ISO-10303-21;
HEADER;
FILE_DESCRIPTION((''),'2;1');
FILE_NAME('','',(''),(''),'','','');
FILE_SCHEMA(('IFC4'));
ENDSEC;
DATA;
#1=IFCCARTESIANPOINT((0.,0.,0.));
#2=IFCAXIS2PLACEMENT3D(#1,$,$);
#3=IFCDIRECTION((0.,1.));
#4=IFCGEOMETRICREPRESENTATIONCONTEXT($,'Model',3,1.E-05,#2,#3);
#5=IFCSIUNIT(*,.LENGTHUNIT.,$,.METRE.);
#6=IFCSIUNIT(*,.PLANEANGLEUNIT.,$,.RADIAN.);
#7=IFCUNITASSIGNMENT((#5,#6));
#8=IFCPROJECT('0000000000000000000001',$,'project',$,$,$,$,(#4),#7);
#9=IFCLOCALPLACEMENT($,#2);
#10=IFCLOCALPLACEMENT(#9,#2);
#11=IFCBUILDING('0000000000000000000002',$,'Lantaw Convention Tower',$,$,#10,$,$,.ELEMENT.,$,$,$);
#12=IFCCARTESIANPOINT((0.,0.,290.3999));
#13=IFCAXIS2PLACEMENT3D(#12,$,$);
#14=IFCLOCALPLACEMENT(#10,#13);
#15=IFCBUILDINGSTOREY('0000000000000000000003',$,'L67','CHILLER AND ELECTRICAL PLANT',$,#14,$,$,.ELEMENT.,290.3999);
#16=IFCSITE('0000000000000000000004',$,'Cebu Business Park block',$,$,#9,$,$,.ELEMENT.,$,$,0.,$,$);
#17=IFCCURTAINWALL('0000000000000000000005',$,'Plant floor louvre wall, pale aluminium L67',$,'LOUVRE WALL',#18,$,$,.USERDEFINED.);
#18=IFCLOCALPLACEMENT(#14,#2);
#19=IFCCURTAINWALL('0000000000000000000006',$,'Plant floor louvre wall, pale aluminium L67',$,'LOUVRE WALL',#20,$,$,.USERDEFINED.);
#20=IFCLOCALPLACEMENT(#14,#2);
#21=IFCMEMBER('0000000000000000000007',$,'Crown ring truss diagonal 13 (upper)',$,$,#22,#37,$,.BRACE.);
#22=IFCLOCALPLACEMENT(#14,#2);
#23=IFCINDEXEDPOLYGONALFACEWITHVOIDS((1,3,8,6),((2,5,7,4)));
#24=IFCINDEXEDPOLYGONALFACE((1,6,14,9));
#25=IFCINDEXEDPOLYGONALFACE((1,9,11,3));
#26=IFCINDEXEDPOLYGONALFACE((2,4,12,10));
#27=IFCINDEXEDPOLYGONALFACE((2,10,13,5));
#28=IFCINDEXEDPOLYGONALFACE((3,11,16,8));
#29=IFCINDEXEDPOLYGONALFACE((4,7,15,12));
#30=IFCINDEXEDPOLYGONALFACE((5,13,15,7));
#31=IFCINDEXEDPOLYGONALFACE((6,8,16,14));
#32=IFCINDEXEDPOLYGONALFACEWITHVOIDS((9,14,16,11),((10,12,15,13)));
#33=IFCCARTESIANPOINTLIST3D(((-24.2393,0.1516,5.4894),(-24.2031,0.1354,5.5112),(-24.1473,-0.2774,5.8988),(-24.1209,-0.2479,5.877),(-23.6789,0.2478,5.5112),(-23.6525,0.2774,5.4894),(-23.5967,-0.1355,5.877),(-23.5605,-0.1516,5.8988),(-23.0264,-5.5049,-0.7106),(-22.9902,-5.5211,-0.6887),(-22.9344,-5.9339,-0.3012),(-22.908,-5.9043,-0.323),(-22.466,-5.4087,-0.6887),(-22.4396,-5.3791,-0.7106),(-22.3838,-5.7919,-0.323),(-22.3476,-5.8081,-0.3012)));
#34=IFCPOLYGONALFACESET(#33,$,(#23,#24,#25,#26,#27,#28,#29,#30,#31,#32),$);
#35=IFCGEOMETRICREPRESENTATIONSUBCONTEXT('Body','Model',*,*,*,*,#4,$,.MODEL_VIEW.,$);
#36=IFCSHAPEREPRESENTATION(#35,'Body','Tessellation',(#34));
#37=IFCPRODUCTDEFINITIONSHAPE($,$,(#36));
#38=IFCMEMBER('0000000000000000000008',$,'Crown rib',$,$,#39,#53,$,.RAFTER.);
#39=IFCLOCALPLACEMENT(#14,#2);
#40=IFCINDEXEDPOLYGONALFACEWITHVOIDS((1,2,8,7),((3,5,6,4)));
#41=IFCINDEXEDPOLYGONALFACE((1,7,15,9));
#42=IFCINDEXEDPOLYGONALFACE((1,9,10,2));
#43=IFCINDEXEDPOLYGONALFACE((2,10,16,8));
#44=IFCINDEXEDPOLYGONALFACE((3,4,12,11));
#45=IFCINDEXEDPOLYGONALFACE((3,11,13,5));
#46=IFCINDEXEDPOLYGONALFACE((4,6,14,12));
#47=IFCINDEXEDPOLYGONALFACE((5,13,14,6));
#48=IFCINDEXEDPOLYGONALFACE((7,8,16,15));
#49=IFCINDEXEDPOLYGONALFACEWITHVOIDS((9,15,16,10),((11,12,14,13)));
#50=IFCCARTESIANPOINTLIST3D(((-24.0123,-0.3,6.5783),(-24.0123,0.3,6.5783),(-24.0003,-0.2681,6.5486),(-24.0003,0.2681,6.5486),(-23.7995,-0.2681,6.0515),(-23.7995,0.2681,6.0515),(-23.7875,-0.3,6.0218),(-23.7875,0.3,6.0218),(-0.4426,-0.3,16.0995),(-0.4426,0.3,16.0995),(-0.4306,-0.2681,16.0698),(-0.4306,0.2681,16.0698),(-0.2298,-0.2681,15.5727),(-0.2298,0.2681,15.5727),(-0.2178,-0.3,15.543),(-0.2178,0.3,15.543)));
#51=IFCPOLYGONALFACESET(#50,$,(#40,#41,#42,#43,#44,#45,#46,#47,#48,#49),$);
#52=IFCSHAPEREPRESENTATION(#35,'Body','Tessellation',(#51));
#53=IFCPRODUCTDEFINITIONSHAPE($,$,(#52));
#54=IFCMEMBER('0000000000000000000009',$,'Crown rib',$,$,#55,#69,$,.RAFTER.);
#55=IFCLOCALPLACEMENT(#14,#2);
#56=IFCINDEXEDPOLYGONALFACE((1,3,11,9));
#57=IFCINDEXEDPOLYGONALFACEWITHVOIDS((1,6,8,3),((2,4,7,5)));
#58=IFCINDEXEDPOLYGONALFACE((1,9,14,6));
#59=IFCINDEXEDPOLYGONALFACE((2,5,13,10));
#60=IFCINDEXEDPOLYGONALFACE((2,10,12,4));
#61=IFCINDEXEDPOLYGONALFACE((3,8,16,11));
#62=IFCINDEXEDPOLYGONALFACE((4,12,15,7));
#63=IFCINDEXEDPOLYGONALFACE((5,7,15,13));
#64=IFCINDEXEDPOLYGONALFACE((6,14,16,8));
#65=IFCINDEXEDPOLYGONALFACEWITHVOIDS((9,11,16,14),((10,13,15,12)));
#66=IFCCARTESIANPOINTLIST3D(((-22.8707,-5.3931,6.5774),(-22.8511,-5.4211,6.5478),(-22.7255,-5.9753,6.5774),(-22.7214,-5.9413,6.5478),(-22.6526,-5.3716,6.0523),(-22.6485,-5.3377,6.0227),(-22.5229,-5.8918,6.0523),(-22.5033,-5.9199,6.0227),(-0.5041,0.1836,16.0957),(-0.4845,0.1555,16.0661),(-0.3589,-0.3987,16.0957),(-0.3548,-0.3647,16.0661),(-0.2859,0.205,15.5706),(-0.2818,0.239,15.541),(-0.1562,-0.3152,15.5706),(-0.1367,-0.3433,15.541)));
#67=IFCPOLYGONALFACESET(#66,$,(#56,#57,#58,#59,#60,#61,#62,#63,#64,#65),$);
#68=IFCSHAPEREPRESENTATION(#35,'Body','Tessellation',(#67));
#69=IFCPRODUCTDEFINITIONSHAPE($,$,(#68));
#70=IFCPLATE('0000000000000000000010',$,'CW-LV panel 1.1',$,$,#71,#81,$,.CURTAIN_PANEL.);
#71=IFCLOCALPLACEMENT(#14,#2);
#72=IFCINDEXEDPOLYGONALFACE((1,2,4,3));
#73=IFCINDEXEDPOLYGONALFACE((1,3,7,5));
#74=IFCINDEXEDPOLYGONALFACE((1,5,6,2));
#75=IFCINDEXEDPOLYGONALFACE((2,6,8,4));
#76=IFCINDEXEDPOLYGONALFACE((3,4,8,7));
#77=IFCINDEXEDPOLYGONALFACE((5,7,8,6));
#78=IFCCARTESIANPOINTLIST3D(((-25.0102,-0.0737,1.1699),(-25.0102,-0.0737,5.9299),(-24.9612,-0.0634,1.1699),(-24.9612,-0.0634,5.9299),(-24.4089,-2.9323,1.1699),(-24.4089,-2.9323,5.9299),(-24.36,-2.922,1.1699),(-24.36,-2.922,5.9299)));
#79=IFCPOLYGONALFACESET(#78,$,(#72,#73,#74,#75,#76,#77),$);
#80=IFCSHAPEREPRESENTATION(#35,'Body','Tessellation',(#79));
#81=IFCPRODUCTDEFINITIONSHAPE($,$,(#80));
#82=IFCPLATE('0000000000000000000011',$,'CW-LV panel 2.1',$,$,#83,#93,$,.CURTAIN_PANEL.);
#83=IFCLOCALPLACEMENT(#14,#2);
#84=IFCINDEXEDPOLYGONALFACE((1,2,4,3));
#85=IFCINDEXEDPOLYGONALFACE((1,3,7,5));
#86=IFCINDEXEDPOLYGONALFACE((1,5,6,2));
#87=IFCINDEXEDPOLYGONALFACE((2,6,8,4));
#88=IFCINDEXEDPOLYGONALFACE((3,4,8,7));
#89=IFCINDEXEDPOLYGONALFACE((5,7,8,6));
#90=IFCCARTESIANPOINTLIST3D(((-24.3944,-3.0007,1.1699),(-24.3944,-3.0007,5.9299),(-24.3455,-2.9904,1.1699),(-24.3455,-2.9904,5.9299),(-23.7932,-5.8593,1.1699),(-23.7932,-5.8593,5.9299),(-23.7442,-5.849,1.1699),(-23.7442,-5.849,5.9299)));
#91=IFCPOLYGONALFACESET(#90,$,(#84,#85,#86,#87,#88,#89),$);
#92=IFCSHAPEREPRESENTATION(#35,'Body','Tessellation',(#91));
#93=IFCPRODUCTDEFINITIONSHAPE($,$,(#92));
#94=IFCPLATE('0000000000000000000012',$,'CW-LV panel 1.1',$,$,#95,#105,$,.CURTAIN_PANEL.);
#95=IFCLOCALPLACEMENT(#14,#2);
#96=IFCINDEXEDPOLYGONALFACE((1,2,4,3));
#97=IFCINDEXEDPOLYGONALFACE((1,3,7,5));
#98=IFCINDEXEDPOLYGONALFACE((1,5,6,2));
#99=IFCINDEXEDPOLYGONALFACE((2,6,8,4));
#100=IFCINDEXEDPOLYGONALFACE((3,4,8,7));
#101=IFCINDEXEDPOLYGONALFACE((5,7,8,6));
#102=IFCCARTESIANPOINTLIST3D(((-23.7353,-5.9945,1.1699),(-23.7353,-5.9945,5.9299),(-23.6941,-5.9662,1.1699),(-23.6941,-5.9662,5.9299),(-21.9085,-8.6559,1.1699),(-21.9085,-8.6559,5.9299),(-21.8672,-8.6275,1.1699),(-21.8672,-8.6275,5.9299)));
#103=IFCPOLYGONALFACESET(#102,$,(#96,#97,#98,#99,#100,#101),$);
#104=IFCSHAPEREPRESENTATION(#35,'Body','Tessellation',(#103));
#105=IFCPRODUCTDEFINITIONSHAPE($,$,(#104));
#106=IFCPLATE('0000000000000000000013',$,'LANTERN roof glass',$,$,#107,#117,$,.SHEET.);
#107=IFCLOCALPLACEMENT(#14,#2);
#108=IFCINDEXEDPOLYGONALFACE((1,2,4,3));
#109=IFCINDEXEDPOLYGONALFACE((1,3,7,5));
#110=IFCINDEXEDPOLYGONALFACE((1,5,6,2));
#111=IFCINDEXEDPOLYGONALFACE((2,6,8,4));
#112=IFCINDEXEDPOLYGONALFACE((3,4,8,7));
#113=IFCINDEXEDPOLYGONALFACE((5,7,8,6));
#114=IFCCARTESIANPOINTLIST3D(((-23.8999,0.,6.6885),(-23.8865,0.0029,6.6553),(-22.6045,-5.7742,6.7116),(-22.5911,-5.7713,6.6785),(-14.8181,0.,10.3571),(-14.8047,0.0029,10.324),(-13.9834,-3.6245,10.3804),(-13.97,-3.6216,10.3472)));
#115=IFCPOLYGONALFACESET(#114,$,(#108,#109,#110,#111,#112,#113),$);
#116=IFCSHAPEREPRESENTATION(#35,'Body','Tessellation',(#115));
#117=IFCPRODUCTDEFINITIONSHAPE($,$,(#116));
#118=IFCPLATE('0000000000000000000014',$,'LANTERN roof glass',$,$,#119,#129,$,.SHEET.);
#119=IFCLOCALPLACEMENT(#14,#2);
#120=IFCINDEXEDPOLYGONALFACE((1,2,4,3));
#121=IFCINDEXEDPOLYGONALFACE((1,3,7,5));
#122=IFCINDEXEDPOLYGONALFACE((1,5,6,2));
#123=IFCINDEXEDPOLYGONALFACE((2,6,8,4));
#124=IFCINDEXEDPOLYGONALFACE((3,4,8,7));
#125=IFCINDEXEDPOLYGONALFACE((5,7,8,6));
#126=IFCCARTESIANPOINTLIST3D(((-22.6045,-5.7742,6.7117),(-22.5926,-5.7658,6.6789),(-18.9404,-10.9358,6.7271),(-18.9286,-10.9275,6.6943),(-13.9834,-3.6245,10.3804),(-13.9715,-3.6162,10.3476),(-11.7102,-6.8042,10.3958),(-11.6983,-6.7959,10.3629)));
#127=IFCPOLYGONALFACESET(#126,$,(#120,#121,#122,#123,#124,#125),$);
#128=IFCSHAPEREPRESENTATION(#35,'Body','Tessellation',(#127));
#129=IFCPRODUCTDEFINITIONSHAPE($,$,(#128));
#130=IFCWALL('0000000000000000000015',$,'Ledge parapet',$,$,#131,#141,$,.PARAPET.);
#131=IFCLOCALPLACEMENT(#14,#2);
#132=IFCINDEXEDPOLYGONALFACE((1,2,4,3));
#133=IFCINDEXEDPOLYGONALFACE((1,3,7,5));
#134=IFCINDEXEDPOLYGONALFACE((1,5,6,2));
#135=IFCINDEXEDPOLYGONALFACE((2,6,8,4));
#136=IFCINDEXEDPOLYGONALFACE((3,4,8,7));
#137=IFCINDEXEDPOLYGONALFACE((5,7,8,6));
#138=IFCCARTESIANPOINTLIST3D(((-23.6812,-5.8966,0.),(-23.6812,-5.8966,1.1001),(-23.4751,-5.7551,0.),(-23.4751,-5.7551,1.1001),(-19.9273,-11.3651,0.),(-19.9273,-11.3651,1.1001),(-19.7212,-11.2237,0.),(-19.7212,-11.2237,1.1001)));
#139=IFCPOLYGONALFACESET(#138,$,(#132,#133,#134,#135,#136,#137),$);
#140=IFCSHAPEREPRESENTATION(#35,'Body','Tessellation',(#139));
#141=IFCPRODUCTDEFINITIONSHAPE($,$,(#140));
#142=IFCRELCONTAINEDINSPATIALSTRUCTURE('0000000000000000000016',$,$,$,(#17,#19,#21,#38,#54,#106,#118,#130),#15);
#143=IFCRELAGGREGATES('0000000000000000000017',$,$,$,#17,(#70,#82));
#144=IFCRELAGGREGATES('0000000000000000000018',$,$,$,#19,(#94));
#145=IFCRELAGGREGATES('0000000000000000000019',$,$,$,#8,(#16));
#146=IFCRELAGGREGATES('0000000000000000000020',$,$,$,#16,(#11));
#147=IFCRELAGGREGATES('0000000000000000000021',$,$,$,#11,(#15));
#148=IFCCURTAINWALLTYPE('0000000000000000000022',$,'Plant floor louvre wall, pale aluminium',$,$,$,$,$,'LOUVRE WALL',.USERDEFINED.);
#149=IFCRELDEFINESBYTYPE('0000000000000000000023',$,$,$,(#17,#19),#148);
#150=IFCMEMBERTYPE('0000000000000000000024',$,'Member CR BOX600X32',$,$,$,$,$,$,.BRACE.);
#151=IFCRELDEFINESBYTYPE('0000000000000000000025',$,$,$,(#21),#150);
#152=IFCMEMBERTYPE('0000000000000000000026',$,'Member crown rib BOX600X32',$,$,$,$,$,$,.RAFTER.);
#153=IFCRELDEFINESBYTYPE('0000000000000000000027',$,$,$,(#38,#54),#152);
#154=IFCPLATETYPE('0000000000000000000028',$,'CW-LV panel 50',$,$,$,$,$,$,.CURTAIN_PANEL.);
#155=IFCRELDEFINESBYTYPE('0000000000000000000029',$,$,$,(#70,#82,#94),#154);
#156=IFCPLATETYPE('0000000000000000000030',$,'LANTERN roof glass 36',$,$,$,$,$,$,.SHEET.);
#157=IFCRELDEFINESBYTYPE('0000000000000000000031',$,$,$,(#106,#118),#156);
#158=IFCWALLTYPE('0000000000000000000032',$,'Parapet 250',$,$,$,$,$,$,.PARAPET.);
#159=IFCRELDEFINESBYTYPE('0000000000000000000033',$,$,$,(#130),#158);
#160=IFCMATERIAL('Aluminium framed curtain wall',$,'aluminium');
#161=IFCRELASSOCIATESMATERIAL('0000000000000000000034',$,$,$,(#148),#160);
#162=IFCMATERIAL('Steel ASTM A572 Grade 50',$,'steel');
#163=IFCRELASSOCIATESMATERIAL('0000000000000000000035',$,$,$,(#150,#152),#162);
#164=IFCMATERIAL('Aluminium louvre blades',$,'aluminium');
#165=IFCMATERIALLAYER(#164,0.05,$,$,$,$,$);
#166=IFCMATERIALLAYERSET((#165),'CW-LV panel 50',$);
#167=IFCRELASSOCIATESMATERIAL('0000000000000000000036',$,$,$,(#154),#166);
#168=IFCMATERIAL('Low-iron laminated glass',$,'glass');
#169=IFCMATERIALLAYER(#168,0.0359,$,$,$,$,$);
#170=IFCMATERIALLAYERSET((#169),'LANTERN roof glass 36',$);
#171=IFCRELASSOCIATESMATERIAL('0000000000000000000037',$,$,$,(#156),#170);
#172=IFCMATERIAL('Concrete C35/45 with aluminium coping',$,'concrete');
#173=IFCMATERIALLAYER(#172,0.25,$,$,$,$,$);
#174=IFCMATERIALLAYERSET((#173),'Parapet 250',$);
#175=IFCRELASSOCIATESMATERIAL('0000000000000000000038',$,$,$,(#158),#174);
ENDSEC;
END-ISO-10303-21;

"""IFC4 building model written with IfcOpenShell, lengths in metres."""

from ifc_helpers import new_model, si_unit, direction, frame, frame_2d, origin, origin_2d, place, context, subcontext, project, spatial, polyline, rectangle, hollow_rectangle, outline, extrude, material, layer, layer_set, material_profile, profile_set, type_object, element, aggregate, save


model = new_model("IFC4")

# Units and contexts
model_context = context("Model", 3, precision=1e-05, world=origin(), true_north=direction((0.0, 1.0)))
body_context = subcontext(model_context, "Body", "Model", "MODEL_VIEW")
ifc_project = project(units=[si_unit("LENGTHUNIT", "METRE"), si_unit("PLANEANGLEUNIT", "RADIAN")], contexts=[model_context])

# Site, building, storey
site_placement = place(None, origin())
site = spatial("IfcSite", under=ifc_project, at=site_placement, Name="Cebu Business Park block", CompositionType="ELEMENT", RefElevation=0.0)
building_placement = place(site_placement, origin())
building = spatial("IfcBuilding", under=site, at=building_placement, Name="Lantaw Convention Tower", CompositionType="ELEMENT")
storey_placement = place(building_placement, frame((0.0, 0.0, 290.3999)))
storey = spatial("IfcBuildingStorey", under=building, at=storey_placement, Name="L67", Description="CHILLER AND ELECTRICAL PLANT", CompositionType="ELEMENT", Elevation=290.3999)

# Shared definitions
ifc_material_1 = material(Name="Steel ASTM A572 Grade 50", Category="steel")

# Curtain wall
ifc_material_2 = material(Name="Aluminium framed curtain wall", Category="aluminium")
curtain_wall_type = type_object("IfcCurtainWallType", Name="Plant floor louvre wall, pale aluminium", ElementType="LOUVRE WALL", PredefinedType="USERDEFINED", material=ifc_material_2)
curtain_wall_1_placement = place(storey_placement, origin())
curtain_wall_1 = element("IfcCurtainWall", 1, at=curtain_wall_1_placement, inside=storey, type_object=curtain_wall_type, Name="Plant floor louvre wall, pale aluminium L67", ObjectType="LOUVRE WALL", PredefinedType="USERDEFINED")

# Curtain wall
curtain_wall_2_placement = place(storey_placement, origin())
curtain_wall_2 = element("IfcCurtainWall", 2, at=curtain_wall_2_placement, inside=storey, type_object=curtain_wall_type, Name="Plant floor louvre wall, pale aluminium L67", ObjectType="LOUVRE WALL", PredefinedType="USERDEFINED")

# Members
ifc_material_profile_1 = material_profile(ifc_material_1, hollow_rectangle(XDim=0.6001, YDim=0.6001, WallThickness=0.032, at=origin_2d()), Name="BOX600X32")
ifc_profile_set_1 = profile_set([ifc_material_profile_1], Name="Steel ASTM A572 Grade 50")
member_type_1 = type_object("IfcMemberType", Name="Member CR BOX600X32", PredefinedType="BRACE", material=ifc_profile_set_1)
for number, where, z_axis, x_axis, name in (
    (3, (-22.687, -5.6565, -0.5059), (-0.143034, 0.667058, 0.731147), (-0.977775, -0.209659, 0.0), "Crown ring truss diagonal 13 (upper)"),
):
    element("IfcMember", number, at=place(storey_placement, frame(where, z_axis=z_axis, x_axis=x_axis)), inside=storey, type_object=member_type_1, Name=name, PredefinedType="BRACE", context=body_context, shape_type="SweptSolid", body=[
        extrude(hollow_rectangle(XDim=0.6001, YDim=0.6001, WallThickness=0.032, at=origin_2d()), origin(), (0.0, 0.0, 1.0), 8.4797),
    ])
ifc_material_profile_2 = material_profile(ifc_material_1, hollow_rectangle(XDim=0.6001, YDim=0.6001, WallThickness=0.032, at=origin_2d()), Name="BOX600X32")
ifc_profile_set_2 = profile_set([ifc_material_profile_2], Name="Steel ASTM A572 Grade 50")
member_type_2 = type_object("IfcMemberType", Name="Member crown rib BOX600X32", PredefinedType="RAFTER", material=ifc_profile_set_2)
member_1_placement = place(storey_placement, frame((-23.8999, 0.0, 6.3), z_axis=(0.927206, 0.0, 0.374553), x_axis=(0.0, 1.0, 0.0)))
element("IfcMember", 4, at=member_1_placement, inside=storey, type_object=member_type_2, Name="Crown rib", PredefinedType="RAFTER", context=body_context, shape_type="SweptSolid", body=[
    extrude(hollow_rectangle(XDim=0.6001, YDim=0.6001, WallThickness=0.032, at=origin_2d()), origin(), (0.0, 0.0, 1.0), 25.4202),
])
member_2_placement = place(storey_placement, frame((-22.687, -5.6565, 6.3), z_axis=(0.896847, 0.22361, 0.38166), x_axis=(-0.241923, 0.970296, 0.0)))
element("IfcMember", 5, at=member_2_placement, inside=storey, type_object=member_type_2, Name="Crown rib", PredefinedType="RAFTER", context=body_context, shape_type="SweptSolid", body=[
    extrude(hollow_rectangle(XDim=0.6001, YDim=0.6001, WallThickness=0.032, at=origin_2d()), origin(), (0.0, 0.0, 1.0), 24.9392),
])

# Plates
ifc_material_3 = material(Name="Aluminium louvre blades", Category="aluminium")
ifc_layer_1 = layer(ifc_material_3, 0.05)
ifc_layer_set_1 = layer_set([ifc_layer_1], Name="CW-LV panel 50")
plate_type_1 = type_object("IfcPlateType", Name="CW-LV panel 50", PredefinedType="CURTAIN_PANEL", material=ifc_layer_set_1)
plate_1_placement = place(storey_placement, frame((-24.6851, -1.4978, 1.1699), z_axis=(0.0, 0.0, 1.0), x_axis=(0.205814, -0.978591, 0.0)))
plate_1 = element("IfcPlate", 6, at=plate_1_placement, type_object=plate_type_1, Name="CW-LV panel 1.1", PredefinedType="CURTAIN_PANEL", context=body_context, shape_type="SweptSolid", body=[
    extrude(rectangle(XDim=2.9211, YDim=0.05, at=origin_2d()), origin(), (0.0, 0.0, 1.0), 4.76),
])
plate_2_placement = place(storey_placement, frame((-24.0693, -4.4248, 1.1699), z_axis=(0.0, 0.0, 1.0), x_axis=(0.205814, -0.978591, 0.0)))
plate_2 = element("IfcPlate", 7, at=plate_2_placement, type_object=plate_type_1, Name="CW-LV panel 2.1", PredefinedType="CURTAIN_PANEL", context=body_context, shape_type="SweptSolid", body=[
    extrude(rectangle(XDim=2.9211, YDim=0.05, at=origin_2d()), origin(), (0.0, 0.0, 1.0), 4.76),
])
aggregate(curtain_wall_1, [plate_1, plate_2])
plate_3_placement = place(storey_placement, frame((-22.8013, -7.311, 1.1699), z_axis=(0.0, 0.0, 1.0), x_axis=(0.565935, -0.82445, 0.0)))
plate_3 = element("IfcPlate", 8, at=plate_3_placement, type_object=plate_type_1, Name="CW-LV panel 1.1", PredefinedType="CURTAIN_PANEL", context=body_context, shape_type="SweptSolid", body=[
    extrude(rectangle(XDim=3.228, YDim=0.05, at=origin_2d()), origin(), (0.0, 0.0, 1.0), 4.76),
])
aggregate(curtain_wall_2, [plate_3])

# Plates
ifc_material_4 = material(Name="Low-iron laminated glass", Category="glass")
ifc_layer_2 = layer(ifc_material_4, 0.0359)
ifc_layer_set_2 = layer_set([ifc_layer_2], Name="LANTERN roof glass 36")
plate_type_2 = type_object("IfcPlateType", Name="LANTERN roof glass 36", PredefinedType="SHEET", material=ifc_layer_set_2)
plate_4_placement = place(storey_placement, frame((-23.8999, 0.0, 6.6885), z_axis=(-0.373349, -0.080055, 0.92423), x_axis=(0.218906, -0.975738, 0.003912)))
element("IfcPlate", 9, at=plate_4_placement, inside=storey, type_object=plate_type_2, Name="LANTERN roof glass", PredefinedType="SHEET", context=body_context, shape_type="SweptSolid", body=[
    extrude(outline(polyline([(0.0, 0.0), (5.9177, 0.0), (5.7218, 9.6107), (2.0024, 9.5879), (0.0, 0.0)])), origin(), (0.0, 0.0, -1.0), 0.0359),
])
plate_5_placement = place(storey_placement, frame((-22.6045, -5.7742, 6.7117), z_axis=(-0.331221, -0.232387, 0.914488), x_axis=(0.578845, -0.815434, 0.002438)))
element("IfcPlate", 10, at=plate_5_placement, inside=storey, type_object=plate_type_2, Name="LANTERN roof glass", PredefinedType="SHEET", context=body_context, shape_type="SweptSolid", body=[
    extrude(outline(polyline([(0.0, 0.0), (6.3299, 0.0), (7.155, 9.0623), (3.2463, 9.0479), (0.0, 0.0)])), origin(), (0.0, 0.0, -1.0), 0.0359),
])

# Wall
ifc_material_5 = material(Name="Concrete C35/45 with aluminium coping", Category="concrete")
ifc_layer_3 = layer(ifc_material_5, 0.25)
ifc_layer_set_3 = layer_set([ifc_layer_3], Name="Parapet 250")
wall_type = type_object("IfcWallType", Name="Parapet 250", PredefinedType="PARAPET", material=ifc_layer_set_3)
wall_placement = place(storey_placement, frame((-23.5781, -5.8259, 0.0), z_axis=(0.0, 0.0, 1.0), x_axis=(0.565946, -0.824442, 0.0)))
element("IfcWall", 11, at=wall_placement, inside=storey, type_object=wall_type, Name="Ledge parapet", PredefinedType="PARAPET", context=body_context, shape_type="SweptSolid", body=[
    extrude(rectangle(XDim=6.6331, YDim=0.25, at=frame_2d((3.3164, 0.0))), origin(), (0.0, 0.0, 1.0), 1.1001),
])

save(model, "model.ifc")
